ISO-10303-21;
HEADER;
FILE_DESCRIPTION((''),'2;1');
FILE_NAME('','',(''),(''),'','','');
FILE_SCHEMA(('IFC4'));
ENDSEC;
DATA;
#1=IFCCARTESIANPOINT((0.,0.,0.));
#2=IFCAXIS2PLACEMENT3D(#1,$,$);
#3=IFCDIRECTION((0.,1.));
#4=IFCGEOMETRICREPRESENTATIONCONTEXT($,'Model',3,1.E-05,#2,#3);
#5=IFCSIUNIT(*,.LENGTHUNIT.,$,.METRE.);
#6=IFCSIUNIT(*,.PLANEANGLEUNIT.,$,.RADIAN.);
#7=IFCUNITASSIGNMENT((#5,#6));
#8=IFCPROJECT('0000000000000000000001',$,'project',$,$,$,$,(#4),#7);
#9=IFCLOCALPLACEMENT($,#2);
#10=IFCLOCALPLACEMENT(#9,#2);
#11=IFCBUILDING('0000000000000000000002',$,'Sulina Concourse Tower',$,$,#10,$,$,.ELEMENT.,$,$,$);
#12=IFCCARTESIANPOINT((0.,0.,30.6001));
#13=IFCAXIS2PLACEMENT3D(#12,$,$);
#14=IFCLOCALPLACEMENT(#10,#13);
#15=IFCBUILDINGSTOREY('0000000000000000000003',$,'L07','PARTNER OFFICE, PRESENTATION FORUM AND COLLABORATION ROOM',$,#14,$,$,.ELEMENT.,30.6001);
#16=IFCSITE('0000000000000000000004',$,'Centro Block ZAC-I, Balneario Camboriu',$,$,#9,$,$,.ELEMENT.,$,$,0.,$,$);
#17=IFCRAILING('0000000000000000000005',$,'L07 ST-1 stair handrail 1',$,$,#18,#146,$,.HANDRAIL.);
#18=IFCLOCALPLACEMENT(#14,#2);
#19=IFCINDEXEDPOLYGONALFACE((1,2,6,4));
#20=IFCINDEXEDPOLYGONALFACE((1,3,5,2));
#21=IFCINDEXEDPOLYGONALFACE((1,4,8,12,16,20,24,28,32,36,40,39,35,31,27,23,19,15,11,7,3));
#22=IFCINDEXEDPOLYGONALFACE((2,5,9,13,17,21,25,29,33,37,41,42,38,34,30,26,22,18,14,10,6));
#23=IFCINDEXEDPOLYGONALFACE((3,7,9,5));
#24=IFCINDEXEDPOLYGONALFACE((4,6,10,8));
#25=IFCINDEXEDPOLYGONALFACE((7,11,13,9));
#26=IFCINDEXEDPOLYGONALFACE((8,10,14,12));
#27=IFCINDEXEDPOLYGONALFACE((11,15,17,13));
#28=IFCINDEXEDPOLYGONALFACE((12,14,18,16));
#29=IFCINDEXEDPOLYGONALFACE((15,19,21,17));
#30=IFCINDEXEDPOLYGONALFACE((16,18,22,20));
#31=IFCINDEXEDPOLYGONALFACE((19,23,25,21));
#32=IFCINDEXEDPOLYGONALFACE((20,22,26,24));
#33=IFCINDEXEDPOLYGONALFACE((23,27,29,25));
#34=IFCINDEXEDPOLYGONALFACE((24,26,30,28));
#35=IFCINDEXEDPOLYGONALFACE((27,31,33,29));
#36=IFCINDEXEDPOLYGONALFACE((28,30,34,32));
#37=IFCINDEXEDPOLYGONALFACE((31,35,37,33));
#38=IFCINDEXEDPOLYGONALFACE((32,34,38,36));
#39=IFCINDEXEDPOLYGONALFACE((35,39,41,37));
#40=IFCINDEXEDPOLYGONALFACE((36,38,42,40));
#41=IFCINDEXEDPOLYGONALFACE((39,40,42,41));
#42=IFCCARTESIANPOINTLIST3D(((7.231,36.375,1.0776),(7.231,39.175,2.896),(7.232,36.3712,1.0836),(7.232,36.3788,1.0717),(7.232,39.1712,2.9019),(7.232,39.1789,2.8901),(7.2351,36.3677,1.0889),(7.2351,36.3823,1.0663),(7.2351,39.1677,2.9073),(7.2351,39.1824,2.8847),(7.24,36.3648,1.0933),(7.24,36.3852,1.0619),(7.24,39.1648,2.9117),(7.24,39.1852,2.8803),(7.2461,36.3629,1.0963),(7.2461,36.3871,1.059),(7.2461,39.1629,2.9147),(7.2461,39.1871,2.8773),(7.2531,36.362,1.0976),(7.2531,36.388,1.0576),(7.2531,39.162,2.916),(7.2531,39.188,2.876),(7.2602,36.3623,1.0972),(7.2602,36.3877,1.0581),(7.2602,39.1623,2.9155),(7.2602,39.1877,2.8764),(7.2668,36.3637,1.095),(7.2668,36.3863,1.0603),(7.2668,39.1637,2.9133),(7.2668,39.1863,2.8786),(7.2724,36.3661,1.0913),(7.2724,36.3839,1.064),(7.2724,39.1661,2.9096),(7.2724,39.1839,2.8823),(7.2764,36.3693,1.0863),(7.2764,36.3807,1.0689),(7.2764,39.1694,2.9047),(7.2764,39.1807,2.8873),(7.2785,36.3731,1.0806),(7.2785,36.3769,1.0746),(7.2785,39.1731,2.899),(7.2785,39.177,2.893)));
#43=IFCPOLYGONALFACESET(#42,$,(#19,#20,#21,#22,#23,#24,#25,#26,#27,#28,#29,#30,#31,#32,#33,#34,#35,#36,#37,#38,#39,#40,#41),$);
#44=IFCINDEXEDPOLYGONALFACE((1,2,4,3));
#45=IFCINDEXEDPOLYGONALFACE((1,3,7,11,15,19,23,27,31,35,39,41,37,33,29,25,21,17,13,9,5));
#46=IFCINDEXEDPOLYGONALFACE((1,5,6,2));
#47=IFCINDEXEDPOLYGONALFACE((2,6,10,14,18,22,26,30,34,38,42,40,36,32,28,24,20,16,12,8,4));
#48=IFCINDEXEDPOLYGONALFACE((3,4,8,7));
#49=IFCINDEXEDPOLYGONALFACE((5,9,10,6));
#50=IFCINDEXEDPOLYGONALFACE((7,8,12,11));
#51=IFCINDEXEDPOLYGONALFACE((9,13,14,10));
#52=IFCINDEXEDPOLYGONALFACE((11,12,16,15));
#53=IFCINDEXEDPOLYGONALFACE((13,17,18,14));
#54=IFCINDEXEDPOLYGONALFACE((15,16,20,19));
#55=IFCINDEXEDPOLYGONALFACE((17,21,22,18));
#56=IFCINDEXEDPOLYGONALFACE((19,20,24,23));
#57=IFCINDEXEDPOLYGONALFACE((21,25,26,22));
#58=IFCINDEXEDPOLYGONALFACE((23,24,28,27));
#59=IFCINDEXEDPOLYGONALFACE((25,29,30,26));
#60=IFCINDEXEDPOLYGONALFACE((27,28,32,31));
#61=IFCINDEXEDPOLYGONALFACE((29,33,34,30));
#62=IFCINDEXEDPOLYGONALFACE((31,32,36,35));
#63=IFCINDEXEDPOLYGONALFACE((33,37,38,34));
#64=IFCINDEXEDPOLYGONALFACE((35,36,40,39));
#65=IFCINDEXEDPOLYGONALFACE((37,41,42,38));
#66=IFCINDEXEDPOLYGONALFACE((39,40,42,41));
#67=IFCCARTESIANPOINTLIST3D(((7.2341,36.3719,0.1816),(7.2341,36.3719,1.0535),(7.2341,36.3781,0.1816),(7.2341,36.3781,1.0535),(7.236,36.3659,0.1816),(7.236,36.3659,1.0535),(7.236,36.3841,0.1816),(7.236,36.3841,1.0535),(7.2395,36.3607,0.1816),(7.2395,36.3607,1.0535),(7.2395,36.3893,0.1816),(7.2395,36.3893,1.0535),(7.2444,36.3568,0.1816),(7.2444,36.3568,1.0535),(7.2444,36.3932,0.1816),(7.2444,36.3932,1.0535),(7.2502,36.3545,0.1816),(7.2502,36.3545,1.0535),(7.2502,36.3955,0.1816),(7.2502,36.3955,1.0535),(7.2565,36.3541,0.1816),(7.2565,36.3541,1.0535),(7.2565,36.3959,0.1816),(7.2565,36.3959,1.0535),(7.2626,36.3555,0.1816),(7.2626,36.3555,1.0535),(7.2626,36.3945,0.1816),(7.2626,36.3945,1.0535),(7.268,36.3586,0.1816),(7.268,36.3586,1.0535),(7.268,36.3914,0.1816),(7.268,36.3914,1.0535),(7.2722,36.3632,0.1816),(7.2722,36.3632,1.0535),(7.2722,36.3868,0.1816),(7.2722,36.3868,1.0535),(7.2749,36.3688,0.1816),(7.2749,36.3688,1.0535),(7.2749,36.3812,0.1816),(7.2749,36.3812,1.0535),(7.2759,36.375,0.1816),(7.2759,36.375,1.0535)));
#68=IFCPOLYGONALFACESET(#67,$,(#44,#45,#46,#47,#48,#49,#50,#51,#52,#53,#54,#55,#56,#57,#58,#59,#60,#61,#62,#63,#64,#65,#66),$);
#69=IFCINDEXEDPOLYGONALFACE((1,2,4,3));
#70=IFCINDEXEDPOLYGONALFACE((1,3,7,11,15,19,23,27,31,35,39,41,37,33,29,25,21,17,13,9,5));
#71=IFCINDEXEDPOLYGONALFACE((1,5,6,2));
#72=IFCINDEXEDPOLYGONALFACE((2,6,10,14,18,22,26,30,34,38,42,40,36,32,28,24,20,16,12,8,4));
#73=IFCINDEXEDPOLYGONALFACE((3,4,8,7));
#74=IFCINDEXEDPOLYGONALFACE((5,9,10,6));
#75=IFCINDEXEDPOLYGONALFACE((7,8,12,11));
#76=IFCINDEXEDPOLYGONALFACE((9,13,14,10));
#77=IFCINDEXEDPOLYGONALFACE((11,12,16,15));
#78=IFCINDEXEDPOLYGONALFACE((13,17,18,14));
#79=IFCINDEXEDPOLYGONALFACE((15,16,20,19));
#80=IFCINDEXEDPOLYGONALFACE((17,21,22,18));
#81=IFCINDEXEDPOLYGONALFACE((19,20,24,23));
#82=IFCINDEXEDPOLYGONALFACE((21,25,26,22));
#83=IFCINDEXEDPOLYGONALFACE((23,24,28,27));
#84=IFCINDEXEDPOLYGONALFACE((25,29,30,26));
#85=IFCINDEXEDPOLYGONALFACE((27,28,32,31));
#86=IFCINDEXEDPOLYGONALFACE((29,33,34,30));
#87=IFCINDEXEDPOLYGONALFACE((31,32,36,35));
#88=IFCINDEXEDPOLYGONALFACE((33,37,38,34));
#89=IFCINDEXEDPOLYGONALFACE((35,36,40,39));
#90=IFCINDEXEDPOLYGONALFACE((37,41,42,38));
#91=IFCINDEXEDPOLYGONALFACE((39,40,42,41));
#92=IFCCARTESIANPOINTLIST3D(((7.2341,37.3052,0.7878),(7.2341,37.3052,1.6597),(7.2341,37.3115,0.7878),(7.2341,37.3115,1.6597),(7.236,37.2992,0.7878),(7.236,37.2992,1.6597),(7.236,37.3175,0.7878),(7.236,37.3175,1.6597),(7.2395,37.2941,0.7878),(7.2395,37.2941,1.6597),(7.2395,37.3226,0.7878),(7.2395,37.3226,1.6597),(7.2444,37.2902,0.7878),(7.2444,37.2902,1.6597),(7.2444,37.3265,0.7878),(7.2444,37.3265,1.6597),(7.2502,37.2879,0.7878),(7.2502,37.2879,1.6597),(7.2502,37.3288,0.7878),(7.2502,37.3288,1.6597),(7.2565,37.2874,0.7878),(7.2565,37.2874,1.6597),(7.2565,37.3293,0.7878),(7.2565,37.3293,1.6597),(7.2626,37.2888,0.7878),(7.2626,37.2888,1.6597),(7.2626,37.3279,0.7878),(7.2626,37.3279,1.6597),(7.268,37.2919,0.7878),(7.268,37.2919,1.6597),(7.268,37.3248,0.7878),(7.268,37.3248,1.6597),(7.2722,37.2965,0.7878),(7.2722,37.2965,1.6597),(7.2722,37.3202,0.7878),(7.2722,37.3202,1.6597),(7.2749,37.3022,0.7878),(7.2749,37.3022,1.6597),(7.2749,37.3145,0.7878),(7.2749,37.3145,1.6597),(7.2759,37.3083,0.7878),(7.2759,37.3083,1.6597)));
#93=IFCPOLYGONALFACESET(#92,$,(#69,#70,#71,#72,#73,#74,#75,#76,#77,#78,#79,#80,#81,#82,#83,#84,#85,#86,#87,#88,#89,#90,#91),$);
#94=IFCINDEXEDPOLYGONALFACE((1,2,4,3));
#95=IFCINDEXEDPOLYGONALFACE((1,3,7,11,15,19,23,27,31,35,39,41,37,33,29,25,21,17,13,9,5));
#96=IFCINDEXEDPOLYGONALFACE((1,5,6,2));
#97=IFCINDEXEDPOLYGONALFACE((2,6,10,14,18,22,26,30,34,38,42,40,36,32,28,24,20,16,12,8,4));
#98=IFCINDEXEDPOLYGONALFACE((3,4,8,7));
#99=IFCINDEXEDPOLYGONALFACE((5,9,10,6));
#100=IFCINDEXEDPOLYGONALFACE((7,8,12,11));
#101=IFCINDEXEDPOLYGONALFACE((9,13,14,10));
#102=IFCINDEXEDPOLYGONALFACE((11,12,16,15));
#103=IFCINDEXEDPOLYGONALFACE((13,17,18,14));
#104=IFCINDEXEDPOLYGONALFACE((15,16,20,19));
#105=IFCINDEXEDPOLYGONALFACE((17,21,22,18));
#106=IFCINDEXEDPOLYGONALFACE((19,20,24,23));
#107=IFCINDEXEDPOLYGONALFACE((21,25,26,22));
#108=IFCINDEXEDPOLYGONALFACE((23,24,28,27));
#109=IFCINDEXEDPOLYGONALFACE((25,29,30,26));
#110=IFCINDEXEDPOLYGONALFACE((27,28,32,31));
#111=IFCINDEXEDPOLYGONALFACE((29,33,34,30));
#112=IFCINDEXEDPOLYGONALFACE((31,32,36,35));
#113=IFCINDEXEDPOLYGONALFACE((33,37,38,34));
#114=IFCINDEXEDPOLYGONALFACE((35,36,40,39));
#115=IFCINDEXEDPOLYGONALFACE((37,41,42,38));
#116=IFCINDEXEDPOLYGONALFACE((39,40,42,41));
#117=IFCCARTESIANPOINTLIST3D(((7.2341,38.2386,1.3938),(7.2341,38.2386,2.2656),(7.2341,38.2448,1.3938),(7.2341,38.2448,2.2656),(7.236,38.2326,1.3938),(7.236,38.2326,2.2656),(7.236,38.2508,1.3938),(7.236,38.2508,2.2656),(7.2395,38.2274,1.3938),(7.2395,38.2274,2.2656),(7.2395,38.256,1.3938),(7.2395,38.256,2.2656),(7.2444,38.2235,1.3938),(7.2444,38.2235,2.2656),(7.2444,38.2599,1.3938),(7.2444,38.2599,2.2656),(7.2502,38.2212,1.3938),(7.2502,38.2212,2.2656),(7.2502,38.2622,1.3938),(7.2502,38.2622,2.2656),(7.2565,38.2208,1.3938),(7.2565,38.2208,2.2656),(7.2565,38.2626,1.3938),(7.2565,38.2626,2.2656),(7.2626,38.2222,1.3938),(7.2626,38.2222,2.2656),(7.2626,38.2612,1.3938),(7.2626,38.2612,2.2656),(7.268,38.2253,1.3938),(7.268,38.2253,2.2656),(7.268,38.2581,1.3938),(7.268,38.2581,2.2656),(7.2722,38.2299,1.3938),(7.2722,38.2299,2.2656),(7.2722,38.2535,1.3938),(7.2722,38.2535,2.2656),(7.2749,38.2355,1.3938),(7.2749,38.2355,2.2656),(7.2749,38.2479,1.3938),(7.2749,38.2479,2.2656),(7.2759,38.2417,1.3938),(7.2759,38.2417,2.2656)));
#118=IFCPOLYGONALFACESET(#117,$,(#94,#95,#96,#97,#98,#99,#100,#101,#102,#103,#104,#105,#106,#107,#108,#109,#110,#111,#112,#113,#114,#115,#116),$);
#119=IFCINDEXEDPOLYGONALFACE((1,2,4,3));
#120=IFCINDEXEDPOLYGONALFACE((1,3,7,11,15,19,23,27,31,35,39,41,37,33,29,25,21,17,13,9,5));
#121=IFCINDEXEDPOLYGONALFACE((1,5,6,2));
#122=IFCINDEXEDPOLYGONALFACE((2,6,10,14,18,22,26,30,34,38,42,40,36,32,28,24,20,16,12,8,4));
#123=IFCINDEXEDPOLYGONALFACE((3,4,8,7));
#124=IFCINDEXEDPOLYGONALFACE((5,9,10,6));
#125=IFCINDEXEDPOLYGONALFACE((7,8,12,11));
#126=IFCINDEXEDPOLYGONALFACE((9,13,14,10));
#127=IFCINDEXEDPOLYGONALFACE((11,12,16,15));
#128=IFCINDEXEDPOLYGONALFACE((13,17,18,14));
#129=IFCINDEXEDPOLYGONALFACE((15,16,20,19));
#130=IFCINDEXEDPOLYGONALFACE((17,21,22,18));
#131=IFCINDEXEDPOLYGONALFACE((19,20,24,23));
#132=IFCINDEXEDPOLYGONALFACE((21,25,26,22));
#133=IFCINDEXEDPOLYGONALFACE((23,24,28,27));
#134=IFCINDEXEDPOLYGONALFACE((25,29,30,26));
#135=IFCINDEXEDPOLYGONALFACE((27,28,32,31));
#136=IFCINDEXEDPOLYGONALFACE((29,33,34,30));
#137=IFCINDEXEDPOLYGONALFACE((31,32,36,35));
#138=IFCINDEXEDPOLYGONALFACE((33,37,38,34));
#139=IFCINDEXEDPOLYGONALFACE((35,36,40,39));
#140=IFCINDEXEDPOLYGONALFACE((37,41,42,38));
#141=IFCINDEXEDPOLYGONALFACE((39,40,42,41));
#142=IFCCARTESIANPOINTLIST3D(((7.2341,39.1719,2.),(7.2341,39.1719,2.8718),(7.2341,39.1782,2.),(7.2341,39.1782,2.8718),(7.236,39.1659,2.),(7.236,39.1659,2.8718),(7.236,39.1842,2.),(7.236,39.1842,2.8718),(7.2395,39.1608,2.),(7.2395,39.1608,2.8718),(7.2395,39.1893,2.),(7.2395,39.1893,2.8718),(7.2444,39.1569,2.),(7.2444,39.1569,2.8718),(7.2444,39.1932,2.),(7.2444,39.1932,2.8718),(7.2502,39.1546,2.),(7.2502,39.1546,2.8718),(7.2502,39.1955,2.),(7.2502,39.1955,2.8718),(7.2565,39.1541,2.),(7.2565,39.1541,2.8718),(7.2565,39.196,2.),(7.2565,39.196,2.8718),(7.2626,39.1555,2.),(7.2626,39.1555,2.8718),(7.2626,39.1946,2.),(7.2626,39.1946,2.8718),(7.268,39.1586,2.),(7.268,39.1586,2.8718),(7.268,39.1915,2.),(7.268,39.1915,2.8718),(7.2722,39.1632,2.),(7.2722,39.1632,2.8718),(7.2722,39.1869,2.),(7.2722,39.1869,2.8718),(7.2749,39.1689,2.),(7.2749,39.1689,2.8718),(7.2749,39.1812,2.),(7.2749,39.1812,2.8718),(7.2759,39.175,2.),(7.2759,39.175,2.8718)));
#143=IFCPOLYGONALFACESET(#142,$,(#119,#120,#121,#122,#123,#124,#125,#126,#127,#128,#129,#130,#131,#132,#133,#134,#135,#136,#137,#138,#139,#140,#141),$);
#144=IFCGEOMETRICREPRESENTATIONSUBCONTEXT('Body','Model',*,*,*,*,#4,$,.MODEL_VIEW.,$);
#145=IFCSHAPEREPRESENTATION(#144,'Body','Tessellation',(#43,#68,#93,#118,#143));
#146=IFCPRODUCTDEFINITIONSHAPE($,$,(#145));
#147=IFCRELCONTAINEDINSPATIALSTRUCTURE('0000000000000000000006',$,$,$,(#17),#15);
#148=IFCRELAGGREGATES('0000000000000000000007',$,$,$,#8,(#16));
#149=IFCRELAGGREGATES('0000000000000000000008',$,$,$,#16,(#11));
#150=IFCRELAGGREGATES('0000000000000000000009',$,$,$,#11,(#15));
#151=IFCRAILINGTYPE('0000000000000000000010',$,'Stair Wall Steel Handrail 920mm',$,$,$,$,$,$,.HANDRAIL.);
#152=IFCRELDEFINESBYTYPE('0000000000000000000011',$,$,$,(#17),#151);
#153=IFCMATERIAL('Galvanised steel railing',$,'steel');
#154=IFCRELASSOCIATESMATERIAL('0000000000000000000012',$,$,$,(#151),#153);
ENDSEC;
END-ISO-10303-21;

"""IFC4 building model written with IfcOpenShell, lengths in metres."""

from ifc_helpers import new_model, si_unit, direction, frame, origin, origin_2d, place, context, subcontext, project, spatial, circle, extrude, material, type_object, element, save


model = new_model("IFC4")

# Units and contexts
model_context = context("Model", 3, precision=1e-05, world=origin(), true_north=direction((0.0, 1.0)))
body_context = subcontext(model_context, "Body", "Model", "MODEL_VIEW")
ifc_project = project(units=[si_unit("LENGTHUNIT", "METRE"), si_unit("PLANEANGLEUNIT", "RADIAN")], contexts=[model_context])

# Site, building, storey
site_placement = place(None, origin())
site = spatial("IfcSite", under=ifc_project, at=site_placement, Name="Centro Block ZAC-I, Balneario Camboriu", CompositionType="ELEMENT", RefElevation=0.0)
building_placement = place(site_placement, origin())
building = spatial("IfcBuilding", under=site, at=building_placement, Name="Sulina Concourse Tower", CompositionType="ELEMENT")
storey_placement = place(building_placement, frame((0.0, 0.0, 30.6001)))
storey = spatial("IfcBuildingStorey", under=building, at=storey_placement, Name="L07", Description="PARTNER OFFICE, PRESENTATION FORUM AND COLLABORATION ROOM", CompositionType="ELEMENT", Elevation=30.6001)

# Railing
ifc_material_1 = material(Name="Galvanised steel railing", Category="steel")
railing_type_1 = type_object("IfcRailingType", Name="Stair Wall Steel Handrail 920mm", PredefinedType="HANDRAIL", material=ifc_material_1)
railing_1_placement = place(storey_placement, frame((7.2549, 36.375, 0.1816)))
element("IfcRailing", 1, at=railing_1_placement, inside=storey, type_object=railing_type_1, Name="L07 ST-1 stair handrail 1", PredefinedType="HANDRAIL", context=body_context, shape_type="SweptSolid", body=[
    extrude(circle(Radius=0.0239, at=origin_2d()), frame((0.0, 0.0, 0.896), z_axis=(0.0, 0.838672, 0.544636), x_axis=(-1.0, 0.0, 0.0)), (0.0, 0.0, 1.0), 3.3386),
    extrude(circle(Radius=0.021, at=origin_2d()), origin(), (0.0, 0.0, 1.0), 0.8718),
    extrude(circle(Radius=0.021, at=origin_2d()), frame((0.0, 0.9333, 0.6062)), (0.0, 0.0, 1.0), 0.8718),
    extrude(circle(Radius=0.021, at=origin_2d()), frame((0.0, 1.8667, 1.2122)), (0.0, 0.0, 1.0), 0.8718),
    extrude(circle(Radius=0.021, at=origin_2d()), frame((0.0, 2.8, 1.8184)), (0.0, 0.0, 1.0), 0.8718),
])

save(model, "model.ifc")
